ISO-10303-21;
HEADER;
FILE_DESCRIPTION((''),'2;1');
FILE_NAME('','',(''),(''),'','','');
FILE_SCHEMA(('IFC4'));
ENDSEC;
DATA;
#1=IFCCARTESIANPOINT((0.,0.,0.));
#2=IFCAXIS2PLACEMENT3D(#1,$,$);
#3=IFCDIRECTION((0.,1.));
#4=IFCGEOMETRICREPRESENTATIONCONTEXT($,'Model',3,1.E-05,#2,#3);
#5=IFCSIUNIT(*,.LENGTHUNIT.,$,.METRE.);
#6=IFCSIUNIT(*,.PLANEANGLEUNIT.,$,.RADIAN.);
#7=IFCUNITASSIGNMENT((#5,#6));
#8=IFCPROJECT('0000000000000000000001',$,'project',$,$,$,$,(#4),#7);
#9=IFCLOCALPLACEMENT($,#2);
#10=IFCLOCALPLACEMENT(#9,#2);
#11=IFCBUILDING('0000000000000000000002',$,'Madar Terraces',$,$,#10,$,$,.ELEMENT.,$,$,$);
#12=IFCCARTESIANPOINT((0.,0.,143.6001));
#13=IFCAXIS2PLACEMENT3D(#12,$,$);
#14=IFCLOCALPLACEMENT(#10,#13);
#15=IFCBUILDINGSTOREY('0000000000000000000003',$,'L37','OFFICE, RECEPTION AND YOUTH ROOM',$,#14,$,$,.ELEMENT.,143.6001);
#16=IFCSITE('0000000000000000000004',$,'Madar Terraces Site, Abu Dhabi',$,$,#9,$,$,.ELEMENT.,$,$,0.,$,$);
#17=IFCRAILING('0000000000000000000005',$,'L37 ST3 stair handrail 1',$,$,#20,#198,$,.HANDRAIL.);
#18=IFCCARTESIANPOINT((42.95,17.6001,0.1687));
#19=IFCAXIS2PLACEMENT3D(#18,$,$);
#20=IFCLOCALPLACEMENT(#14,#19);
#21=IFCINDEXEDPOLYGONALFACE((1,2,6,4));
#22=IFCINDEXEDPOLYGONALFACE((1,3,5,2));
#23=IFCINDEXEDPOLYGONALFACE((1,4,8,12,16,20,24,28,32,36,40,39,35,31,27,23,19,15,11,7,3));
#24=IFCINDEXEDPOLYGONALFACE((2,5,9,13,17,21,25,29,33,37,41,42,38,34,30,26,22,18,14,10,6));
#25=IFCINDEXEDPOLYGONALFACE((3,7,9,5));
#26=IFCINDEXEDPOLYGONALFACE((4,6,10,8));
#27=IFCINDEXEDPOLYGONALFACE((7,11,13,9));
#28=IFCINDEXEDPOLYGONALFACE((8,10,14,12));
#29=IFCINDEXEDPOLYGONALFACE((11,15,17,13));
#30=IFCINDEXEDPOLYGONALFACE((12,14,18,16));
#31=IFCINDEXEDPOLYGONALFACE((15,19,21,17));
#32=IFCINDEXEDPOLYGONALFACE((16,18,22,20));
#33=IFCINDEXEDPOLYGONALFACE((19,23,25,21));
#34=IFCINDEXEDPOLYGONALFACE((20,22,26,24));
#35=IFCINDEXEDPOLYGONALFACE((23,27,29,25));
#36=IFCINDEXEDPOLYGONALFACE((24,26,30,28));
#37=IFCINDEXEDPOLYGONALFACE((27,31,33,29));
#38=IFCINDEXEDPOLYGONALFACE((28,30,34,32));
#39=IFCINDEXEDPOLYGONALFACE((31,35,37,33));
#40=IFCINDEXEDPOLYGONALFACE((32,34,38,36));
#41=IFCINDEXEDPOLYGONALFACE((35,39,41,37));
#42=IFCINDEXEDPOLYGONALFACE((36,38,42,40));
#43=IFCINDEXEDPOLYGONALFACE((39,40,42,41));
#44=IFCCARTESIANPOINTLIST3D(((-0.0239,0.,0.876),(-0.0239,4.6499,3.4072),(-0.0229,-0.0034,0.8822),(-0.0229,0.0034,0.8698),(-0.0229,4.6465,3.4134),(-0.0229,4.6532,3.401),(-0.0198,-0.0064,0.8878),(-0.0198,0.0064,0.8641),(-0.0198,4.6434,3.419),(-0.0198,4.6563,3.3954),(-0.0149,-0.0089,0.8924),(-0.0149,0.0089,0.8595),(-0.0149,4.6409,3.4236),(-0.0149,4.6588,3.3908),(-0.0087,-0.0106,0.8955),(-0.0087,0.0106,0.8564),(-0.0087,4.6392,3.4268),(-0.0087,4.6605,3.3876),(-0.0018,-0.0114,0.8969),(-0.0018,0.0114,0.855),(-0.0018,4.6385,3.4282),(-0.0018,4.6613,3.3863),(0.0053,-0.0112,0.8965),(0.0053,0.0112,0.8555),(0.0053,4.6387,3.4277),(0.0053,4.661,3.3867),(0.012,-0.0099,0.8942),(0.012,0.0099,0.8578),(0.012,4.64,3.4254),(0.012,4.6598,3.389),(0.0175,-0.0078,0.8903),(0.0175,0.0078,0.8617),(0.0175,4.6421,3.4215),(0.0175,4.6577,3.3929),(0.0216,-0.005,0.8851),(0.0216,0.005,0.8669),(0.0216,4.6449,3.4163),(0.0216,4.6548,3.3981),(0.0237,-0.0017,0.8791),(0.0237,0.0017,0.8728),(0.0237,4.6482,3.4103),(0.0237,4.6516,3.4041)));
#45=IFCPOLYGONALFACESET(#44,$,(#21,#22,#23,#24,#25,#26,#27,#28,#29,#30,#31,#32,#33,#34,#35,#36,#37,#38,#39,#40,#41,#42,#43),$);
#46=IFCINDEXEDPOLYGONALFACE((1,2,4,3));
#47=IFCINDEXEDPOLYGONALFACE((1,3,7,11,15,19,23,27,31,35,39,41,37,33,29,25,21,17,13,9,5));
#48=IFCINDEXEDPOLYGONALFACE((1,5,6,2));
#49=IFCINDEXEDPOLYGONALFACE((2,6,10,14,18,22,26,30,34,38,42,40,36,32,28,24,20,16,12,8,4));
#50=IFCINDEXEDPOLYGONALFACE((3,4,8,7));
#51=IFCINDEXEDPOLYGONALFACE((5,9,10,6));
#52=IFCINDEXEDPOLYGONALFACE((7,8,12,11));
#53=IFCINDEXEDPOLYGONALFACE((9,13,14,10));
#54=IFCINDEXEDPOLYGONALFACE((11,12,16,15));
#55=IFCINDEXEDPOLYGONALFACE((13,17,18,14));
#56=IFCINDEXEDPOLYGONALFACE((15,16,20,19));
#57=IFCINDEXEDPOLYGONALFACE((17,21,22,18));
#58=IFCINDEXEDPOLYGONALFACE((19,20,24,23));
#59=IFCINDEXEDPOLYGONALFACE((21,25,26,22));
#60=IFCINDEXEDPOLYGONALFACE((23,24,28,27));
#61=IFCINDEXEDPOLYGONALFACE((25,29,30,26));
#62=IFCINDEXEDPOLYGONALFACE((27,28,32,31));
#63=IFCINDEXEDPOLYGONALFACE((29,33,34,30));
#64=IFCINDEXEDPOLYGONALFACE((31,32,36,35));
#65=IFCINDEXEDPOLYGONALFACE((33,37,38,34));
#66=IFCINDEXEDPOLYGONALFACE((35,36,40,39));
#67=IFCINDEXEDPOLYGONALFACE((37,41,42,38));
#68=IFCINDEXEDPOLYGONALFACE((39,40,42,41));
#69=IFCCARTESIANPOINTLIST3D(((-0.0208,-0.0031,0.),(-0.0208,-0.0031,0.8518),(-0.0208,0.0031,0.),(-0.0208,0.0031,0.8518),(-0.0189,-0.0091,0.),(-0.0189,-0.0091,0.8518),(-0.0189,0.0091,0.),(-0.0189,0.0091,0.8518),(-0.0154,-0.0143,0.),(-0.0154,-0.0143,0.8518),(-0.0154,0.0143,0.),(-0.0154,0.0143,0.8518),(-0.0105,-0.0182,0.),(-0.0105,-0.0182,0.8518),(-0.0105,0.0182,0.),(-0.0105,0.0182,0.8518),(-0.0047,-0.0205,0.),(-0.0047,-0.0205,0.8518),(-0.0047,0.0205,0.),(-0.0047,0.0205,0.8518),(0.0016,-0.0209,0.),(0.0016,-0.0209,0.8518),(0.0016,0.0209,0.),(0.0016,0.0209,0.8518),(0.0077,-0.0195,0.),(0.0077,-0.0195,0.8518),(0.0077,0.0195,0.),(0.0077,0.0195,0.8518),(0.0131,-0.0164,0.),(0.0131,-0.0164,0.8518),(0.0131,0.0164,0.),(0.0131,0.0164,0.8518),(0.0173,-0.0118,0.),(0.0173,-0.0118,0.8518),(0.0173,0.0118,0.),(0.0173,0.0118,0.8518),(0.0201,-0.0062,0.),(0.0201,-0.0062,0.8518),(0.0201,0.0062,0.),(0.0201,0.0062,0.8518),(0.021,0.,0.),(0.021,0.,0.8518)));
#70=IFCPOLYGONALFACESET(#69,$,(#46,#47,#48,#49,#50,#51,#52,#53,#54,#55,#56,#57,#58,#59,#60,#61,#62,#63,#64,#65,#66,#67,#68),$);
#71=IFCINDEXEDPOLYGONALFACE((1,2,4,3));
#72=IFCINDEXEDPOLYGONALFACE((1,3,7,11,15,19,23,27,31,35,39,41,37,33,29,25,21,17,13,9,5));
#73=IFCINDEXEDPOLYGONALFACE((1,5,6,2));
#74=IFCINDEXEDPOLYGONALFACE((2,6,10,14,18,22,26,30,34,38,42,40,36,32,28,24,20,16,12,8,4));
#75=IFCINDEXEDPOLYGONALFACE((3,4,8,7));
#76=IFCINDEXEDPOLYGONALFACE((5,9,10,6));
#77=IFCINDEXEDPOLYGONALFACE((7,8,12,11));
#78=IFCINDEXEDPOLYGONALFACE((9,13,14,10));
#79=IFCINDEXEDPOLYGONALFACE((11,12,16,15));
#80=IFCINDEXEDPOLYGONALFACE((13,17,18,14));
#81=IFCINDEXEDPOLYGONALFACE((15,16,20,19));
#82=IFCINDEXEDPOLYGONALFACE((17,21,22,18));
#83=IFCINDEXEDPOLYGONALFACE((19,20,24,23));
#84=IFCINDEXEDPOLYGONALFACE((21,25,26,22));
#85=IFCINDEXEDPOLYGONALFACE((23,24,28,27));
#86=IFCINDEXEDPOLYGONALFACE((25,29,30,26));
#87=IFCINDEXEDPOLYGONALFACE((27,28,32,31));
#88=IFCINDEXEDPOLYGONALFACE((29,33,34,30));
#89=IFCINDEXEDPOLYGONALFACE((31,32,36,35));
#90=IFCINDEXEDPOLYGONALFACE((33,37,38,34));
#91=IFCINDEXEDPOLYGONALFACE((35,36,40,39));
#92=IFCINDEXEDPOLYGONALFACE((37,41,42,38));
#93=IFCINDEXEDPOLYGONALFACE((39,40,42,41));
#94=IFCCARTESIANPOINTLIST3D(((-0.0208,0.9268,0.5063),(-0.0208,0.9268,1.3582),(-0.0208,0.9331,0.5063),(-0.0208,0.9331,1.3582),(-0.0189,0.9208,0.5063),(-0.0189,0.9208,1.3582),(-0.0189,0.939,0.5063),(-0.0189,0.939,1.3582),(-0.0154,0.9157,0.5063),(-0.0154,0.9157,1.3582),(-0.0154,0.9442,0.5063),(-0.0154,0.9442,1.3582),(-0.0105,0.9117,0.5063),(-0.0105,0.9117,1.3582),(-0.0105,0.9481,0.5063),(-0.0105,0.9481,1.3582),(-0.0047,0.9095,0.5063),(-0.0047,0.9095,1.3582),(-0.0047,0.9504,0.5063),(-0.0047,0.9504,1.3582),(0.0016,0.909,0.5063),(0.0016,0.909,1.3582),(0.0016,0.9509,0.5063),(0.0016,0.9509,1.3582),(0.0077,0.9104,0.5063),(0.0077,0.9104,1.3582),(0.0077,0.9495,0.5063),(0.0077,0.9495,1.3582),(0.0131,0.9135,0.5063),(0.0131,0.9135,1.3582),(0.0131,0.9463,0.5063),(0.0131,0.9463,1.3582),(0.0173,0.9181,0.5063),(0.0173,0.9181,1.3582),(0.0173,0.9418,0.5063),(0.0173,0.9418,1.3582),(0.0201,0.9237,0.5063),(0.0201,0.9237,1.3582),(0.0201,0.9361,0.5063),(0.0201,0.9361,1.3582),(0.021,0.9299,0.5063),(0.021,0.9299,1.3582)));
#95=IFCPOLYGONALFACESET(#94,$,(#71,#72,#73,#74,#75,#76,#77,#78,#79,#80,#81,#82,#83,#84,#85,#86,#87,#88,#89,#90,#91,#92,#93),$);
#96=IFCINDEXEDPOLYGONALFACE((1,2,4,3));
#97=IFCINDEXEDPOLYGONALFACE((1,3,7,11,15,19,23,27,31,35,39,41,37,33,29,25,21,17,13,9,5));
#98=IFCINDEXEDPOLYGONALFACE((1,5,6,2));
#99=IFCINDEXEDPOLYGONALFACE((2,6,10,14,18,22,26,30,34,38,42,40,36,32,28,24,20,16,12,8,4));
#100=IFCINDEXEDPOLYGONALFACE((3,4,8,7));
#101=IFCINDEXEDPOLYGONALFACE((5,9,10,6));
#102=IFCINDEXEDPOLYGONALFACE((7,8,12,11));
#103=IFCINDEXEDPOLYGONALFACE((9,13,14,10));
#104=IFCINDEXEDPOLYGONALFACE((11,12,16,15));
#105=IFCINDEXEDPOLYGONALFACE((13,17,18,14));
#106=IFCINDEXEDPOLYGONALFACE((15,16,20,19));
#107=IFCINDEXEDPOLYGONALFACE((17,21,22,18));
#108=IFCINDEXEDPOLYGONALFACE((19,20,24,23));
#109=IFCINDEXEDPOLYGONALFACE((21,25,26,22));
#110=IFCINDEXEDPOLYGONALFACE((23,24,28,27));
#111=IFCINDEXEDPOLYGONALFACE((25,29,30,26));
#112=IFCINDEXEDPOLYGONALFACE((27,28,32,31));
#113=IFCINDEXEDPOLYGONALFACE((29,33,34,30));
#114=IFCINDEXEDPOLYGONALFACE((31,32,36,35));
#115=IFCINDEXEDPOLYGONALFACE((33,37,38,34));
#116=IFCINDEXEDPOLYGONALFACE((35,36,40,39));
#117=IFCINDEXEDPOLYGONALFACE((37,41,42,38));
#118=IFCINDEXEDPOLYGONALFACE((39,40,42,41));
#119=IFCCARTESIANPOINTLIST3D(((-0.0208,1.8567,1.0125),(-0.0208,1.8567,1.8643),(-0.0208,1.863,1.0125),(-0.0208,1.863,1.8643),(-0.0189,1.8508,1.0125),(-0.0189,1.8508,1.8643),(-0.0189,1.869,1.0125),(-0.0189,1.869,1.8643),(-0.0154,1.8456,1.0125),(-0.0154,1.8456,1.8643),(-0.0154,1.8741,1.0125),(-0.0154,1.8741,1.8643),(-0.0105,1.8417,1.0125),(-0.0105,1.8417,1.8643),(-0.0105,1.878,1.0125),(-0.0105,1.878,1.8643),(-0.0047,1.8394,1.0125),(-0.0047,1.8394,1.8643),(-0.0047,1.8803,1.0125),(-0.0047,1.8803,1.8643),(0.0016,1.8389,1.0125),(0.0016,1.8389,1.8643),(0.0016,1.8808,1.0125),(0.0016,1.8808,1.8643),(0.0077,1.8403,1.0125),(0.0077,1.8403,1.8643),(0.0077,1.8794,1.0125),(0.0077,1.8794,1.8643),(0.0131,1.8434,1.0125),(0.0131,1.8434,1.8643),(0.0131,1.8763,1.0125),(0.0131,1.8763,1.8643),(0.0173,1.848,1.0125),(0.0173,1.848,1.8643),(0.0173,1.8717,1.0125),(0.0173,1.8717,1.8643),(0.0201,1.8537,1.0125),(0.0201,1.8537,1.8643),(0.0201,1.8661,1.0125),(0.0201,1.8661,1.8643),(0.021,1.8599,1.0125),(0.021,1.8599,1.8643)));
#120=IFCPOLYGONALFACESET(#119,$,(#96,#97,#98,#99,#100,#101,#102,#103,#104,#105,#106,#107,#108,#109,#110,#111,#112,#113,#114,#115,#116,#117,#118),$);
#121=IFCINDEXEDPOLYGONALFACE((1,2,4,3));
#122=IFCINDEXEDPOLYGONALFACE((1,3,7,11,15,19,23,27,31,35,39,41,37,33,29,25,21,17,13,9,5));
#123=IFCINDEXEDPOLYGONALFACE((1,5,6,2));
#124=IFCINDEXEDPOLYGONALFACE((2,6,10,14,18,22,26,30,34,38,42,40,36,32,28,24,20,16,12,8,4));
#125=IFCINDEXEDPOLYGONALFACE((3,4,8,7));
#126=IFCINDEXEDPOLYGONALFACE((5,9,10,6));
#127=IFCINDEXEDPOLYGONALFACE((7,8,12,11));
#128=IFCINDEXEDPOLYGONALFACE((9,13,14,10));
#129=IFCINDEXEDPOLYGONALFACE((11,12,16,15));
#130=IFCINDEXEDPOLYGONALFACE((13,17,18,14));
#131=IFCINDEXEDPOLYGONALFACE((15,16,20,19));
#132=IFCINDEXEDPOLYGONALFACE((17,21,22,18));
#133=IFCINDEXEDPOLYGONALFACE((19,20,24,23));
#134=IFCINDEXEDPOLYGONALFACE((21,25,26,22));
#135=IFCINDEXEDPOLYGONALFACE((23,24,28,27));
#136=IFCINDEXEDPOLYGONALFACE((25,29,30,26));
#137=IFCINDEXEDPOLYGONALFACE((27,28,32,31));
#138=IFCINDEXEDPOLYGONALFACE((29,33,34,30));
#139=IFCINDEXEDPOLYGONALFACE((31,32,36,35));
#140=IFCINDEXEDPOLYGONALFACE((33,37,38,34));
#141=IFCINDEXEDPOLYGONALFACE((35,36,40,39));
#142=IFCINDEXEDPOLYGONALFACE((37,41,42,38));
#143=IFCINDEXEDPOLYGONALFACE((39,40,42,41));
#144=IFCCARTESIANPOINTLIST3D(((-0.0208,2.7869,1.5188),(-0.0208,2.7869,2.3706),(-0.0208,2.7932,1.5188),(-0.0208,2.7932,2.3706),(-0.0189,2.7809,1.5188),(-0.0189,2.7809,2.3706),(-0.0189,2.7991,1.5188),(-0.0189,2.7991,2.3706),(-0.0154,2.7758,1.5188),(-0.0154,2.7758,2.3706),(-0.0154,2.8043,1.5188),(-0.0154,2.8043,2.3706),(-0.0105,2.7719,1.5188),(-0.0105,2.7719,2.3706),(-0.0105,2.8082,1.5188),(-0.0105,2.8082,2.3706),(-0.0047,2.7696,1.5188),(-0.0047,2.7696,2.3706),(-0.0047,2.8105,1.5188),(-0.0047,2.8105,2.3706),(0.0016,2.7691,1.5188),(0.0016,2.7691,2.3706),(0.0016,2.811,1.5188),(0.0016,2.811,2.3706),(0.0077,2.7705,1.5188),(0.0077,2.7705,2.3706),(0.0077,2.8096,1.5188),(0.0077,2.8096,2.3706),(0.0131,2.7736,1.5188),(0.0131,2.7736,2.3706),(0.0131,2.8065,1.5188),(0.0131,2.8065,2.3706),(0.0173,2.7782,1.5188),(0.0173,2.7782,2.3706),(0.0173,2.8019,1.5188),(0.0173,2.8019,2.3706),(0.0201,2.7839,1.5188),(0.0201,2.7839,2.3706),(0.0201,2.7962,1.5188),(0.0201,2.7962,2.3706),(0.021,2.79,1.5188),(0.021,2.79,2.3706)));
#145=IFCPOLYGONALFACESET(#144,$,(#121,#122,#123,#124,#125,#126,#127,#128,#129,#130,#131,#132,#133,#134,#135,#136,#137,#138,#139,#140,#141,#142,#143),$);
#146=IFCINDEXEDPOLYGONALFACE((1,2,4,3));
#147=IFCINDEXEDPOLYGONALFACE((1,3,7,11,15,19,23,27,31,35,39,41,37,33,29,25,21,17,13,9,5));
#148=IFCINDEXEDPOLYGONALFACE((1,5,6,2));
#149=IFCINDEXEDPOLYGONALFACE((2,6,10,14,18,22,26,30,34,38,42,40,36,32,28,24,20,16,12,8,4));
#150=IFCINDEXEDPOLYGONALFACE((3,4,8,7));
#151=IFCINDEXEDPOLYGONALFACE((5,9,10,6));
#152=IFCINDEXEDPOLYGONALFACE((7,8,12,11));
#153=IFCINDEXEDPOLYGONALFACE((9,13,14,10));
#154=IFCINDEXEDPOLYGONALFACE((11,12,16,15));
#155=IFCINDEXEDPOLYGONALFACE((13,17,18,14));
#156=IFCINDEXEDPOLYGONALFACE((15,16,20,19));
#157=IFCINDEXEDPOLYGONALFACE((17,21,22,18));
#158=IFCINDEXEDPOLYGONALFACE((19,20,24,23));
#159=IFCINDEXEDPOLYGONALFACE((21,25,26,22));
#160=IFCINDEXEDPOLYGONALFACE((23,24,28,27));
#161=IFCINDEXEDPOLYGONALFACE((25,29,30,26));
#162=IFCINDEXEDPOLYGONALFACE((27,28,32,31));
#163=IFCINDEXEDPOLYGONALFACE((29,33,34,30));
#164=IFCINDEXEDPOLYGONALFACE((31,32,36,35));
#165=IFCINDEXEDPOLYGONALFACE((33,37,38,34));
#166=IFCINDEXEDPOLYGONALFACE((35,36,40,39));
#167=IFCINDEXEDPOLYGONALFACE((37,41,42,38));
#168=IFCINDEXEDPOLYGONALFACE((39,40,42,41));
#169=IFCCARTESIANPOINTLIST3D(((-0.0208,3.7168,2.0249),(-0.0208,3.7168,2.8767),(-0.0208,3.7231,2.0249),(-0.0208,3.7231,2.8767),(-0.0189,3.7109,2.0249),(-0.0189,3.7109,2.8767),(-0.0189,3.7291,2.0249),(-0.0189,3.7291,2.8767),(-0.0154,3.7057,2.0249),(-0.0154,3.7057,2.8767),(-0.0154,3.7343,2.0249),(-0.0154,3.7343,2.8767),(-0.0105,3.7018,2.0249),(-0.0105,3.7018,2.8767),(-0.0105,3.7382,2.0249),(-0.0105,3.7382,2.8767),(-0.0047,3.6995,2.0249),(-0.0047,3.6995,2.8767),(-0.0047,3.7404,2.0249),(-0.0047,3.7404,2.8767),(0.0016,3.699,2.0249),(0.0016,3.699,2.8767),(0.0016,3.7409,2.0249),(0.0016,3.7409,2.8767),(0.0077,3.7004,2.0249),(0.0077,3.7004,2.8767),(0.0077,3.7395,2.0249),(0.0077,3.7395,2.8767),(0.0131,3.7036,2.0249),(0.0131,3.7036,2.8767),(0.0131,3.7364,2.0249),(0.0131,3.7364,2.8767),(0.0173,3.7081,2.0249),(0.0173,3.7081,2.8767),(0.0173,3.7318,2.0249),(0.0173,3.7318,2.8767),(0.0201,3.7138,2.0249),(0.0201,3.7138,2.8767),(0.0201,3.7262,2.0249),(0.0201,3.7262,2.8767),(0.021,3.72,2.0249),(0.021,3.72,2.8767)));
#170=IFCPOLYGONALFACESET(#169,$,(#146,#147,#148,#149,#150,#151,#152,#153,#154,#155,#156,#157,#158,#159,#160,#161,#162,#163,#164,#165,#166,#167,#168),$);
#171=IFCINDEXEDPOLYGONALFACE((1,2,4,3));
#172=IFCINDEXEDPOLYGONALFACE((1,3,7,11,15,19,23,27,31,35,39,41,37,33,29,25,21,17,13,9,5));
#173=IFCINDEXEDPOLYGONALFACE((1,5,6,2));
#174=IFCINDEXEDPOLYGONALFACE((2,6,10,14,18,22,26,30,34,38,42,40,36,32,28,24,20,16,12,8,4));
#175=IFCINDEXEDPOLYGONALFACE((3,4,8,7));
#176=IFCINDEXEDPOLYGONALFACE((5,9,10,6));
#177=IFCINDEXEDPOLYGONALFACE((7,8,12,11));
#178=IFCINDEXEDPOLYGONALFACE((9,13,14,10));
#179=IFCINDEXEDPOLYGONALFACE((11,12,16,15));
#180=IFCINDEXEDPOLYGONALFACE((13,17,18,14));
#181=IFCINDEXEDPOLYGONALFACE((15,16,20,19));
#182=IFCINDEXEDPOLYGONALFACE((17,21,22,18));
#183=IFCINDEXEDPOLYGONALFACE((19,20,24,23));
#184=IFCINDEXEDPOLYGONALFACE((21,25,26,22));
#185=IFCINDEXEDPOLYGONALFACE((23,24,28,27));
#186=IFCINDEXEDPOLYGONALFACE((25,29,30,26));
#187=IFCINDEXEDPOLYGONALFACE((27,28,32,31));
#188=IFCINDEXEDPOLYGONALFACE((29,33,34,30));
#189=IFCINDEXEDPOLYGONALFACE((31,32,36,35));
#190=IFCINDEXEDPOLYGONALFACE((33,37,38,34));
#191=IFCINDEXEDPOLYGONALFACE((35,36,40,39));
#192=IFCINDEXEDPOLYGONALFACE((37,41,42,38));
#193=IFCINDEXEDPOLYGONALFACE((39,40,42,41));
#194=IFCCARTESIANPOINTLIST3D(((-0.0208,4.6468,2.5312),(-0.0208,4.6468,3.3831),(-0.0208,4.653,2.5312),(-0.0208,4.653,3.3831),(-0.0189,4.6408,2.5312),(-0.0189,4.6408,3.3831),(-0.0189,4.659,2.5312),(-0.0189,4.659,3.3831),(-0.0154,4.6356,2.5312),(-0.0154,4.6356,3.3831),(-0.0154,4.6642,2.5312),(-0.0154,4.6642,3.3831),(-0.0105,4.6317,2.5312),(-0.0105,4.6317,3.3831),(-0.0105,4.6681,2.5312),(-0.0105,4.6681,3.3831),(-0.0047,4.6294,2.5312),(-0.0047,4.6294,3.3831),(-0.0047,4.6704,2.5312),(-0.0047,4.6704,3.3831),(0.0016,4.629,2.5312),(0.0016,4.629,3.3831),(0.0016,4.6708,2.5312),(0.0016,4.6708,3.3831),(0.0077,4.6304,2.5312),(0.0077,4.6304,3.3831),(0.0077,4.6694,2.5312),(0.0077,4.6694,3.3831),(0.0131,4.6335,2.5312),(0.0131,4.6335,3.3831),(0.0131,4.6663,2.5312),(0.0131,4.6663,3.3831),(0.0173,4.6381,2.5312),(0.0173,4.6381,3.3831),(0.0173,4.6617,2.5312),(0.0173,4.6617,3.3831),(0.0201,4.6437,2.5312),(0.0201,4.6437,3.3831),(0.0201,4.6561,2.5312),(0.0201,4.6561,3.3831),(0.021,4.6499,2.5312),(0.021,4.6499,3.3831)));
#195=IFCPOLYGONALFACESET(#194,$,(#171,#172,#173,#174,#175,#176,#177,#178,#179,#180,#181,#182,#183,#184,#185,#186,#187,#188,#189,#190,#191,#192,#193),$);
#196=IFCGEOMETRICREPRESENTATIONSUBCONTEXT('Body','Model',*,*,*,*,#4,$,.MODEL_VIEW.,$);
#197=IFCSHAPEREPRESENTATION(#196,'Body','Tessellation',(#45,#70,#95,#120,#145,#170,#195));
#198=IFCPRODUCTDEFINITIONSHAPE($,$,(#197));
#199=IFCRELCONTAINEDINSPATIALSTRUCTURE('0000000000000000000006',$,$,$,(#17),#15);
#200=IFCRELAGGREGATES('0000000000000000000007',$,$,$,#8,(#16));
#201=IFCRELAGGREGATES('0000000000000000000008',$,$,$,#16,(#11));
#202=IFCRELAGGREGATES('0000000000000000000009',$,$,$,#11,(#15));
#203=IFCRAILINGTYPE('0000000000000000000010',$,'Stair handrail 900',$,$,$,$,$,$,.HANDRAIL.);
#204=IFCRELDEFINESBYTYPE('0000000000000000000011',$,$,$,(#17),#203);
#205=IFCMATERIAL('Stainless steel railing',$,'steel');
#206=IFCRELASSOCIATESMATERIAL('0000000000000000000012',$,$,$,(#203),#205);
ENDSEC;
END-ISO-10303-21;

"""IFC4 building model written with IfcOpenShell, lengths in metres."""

from ifc_helpers import new_model, si_unit, direction, frame, origin, origin_2d, place, context, subcontext, project, spatial, circle, extrude, material, type_object, element, save


model = new_model("IFC4")

# Units and contexts
model_context = context("Model", 3, precision=1e-05, world=origin(), true_north=direction((0.0, 1.0)))
body_context = subcontext(model_context, "Body", "Model", "MODEL_VIEW")
ifc_project = project(units=[si_unit("LENGTHUNIT", "METRE"), si_unit("PLANEANGLEUNIT", "RADIAN")], contexts=[model_context])

# Site, building, storey
site_placement = place(None, origin())
site = spatial("IfcSite", under=ifc_project, at=site_placement, Name="Madar Terraces Site, Abu Dhabi", CompositionType="ELEMENT", RefElevation=0.0)
building_placement = place(site_placement, origin())
building = spatial("IfcBuilding", under=site, at=building_placement, Name="Madar Terraces", CompositionType="ELEMENT")
storey_placement = place(building_placement, frame((0.0, 0.0, 143.6001)))
storey = spatial("IfcBuildingStorey", under=building, at=storey_placement, Name="L37", Description="OFFICE, RECEPTION AND YOUTH ROOM", CompositionType="ELEMENT", Elevation=143.6001)

# Railing
ifc_material_1 = material(Name="Stainless steel railing", Category="steel")
railing_type_1 = type_object("IfcRailingType", Name="Stair handrail 900", PredefinedType="HANDRAIL", material=ifc_material_1)
railing_1_placement = place(storey_placement, frame((42.95, 17.6001, 0.1687)))
element("IfcRailing", 1, at=railing_1_placement, inside=storey, type_object=railing_type_1, Name="L37 ST3 stair handrail 1", PredefinedType="HANDRAIL", context=body_context, shape_type="SweptSolid", body=[
    extrude(circle(Radius=0.0239, at=origin_2d()), frame((0.0, 0.0, 0.876), z_axis=(0.0, 0.878297, 0.478115), x_axis=(-1.0, 0.0, 0.0)), (0.0, 0.0, 1.0), 5.2942),
    extrude(circle(Radius=0.021, at=origin_2d()), origin(), (0.0, 0.0, 1.0), 0.8518),
    extrude(circle(Radius=0.021, at=origin_2d()), frame((0.0, 0.9299, 0.5063)), (0.0, 0.0, 1.0), 0.8518),
    extrude(circle(Radius=0.021, at=origin_2d()), frame((0.0, 1.8599, 1.0125)), (0.0, 0.0, 1.0), 0.8518),
    extrude(circle(Radius=0.021, at=origin_2d()), frame((0.0, 2.79, 1.5188)), (0.0, 0.0, 1.0), 0.8518),
    extrude(circle(Radius=0.021, at=origin_2d()), frame((0.0, 3.72, 2.0249)), (0.0, 0.0, 1.0), 0.8518),
    extrude(circle(Radius=0.021, at=origin_2d()), frame((0.0, 4.6499, 2.5312)), (0.0, 0.0, 1.0), 0.8518),
])

save(model, "model.ifc")
